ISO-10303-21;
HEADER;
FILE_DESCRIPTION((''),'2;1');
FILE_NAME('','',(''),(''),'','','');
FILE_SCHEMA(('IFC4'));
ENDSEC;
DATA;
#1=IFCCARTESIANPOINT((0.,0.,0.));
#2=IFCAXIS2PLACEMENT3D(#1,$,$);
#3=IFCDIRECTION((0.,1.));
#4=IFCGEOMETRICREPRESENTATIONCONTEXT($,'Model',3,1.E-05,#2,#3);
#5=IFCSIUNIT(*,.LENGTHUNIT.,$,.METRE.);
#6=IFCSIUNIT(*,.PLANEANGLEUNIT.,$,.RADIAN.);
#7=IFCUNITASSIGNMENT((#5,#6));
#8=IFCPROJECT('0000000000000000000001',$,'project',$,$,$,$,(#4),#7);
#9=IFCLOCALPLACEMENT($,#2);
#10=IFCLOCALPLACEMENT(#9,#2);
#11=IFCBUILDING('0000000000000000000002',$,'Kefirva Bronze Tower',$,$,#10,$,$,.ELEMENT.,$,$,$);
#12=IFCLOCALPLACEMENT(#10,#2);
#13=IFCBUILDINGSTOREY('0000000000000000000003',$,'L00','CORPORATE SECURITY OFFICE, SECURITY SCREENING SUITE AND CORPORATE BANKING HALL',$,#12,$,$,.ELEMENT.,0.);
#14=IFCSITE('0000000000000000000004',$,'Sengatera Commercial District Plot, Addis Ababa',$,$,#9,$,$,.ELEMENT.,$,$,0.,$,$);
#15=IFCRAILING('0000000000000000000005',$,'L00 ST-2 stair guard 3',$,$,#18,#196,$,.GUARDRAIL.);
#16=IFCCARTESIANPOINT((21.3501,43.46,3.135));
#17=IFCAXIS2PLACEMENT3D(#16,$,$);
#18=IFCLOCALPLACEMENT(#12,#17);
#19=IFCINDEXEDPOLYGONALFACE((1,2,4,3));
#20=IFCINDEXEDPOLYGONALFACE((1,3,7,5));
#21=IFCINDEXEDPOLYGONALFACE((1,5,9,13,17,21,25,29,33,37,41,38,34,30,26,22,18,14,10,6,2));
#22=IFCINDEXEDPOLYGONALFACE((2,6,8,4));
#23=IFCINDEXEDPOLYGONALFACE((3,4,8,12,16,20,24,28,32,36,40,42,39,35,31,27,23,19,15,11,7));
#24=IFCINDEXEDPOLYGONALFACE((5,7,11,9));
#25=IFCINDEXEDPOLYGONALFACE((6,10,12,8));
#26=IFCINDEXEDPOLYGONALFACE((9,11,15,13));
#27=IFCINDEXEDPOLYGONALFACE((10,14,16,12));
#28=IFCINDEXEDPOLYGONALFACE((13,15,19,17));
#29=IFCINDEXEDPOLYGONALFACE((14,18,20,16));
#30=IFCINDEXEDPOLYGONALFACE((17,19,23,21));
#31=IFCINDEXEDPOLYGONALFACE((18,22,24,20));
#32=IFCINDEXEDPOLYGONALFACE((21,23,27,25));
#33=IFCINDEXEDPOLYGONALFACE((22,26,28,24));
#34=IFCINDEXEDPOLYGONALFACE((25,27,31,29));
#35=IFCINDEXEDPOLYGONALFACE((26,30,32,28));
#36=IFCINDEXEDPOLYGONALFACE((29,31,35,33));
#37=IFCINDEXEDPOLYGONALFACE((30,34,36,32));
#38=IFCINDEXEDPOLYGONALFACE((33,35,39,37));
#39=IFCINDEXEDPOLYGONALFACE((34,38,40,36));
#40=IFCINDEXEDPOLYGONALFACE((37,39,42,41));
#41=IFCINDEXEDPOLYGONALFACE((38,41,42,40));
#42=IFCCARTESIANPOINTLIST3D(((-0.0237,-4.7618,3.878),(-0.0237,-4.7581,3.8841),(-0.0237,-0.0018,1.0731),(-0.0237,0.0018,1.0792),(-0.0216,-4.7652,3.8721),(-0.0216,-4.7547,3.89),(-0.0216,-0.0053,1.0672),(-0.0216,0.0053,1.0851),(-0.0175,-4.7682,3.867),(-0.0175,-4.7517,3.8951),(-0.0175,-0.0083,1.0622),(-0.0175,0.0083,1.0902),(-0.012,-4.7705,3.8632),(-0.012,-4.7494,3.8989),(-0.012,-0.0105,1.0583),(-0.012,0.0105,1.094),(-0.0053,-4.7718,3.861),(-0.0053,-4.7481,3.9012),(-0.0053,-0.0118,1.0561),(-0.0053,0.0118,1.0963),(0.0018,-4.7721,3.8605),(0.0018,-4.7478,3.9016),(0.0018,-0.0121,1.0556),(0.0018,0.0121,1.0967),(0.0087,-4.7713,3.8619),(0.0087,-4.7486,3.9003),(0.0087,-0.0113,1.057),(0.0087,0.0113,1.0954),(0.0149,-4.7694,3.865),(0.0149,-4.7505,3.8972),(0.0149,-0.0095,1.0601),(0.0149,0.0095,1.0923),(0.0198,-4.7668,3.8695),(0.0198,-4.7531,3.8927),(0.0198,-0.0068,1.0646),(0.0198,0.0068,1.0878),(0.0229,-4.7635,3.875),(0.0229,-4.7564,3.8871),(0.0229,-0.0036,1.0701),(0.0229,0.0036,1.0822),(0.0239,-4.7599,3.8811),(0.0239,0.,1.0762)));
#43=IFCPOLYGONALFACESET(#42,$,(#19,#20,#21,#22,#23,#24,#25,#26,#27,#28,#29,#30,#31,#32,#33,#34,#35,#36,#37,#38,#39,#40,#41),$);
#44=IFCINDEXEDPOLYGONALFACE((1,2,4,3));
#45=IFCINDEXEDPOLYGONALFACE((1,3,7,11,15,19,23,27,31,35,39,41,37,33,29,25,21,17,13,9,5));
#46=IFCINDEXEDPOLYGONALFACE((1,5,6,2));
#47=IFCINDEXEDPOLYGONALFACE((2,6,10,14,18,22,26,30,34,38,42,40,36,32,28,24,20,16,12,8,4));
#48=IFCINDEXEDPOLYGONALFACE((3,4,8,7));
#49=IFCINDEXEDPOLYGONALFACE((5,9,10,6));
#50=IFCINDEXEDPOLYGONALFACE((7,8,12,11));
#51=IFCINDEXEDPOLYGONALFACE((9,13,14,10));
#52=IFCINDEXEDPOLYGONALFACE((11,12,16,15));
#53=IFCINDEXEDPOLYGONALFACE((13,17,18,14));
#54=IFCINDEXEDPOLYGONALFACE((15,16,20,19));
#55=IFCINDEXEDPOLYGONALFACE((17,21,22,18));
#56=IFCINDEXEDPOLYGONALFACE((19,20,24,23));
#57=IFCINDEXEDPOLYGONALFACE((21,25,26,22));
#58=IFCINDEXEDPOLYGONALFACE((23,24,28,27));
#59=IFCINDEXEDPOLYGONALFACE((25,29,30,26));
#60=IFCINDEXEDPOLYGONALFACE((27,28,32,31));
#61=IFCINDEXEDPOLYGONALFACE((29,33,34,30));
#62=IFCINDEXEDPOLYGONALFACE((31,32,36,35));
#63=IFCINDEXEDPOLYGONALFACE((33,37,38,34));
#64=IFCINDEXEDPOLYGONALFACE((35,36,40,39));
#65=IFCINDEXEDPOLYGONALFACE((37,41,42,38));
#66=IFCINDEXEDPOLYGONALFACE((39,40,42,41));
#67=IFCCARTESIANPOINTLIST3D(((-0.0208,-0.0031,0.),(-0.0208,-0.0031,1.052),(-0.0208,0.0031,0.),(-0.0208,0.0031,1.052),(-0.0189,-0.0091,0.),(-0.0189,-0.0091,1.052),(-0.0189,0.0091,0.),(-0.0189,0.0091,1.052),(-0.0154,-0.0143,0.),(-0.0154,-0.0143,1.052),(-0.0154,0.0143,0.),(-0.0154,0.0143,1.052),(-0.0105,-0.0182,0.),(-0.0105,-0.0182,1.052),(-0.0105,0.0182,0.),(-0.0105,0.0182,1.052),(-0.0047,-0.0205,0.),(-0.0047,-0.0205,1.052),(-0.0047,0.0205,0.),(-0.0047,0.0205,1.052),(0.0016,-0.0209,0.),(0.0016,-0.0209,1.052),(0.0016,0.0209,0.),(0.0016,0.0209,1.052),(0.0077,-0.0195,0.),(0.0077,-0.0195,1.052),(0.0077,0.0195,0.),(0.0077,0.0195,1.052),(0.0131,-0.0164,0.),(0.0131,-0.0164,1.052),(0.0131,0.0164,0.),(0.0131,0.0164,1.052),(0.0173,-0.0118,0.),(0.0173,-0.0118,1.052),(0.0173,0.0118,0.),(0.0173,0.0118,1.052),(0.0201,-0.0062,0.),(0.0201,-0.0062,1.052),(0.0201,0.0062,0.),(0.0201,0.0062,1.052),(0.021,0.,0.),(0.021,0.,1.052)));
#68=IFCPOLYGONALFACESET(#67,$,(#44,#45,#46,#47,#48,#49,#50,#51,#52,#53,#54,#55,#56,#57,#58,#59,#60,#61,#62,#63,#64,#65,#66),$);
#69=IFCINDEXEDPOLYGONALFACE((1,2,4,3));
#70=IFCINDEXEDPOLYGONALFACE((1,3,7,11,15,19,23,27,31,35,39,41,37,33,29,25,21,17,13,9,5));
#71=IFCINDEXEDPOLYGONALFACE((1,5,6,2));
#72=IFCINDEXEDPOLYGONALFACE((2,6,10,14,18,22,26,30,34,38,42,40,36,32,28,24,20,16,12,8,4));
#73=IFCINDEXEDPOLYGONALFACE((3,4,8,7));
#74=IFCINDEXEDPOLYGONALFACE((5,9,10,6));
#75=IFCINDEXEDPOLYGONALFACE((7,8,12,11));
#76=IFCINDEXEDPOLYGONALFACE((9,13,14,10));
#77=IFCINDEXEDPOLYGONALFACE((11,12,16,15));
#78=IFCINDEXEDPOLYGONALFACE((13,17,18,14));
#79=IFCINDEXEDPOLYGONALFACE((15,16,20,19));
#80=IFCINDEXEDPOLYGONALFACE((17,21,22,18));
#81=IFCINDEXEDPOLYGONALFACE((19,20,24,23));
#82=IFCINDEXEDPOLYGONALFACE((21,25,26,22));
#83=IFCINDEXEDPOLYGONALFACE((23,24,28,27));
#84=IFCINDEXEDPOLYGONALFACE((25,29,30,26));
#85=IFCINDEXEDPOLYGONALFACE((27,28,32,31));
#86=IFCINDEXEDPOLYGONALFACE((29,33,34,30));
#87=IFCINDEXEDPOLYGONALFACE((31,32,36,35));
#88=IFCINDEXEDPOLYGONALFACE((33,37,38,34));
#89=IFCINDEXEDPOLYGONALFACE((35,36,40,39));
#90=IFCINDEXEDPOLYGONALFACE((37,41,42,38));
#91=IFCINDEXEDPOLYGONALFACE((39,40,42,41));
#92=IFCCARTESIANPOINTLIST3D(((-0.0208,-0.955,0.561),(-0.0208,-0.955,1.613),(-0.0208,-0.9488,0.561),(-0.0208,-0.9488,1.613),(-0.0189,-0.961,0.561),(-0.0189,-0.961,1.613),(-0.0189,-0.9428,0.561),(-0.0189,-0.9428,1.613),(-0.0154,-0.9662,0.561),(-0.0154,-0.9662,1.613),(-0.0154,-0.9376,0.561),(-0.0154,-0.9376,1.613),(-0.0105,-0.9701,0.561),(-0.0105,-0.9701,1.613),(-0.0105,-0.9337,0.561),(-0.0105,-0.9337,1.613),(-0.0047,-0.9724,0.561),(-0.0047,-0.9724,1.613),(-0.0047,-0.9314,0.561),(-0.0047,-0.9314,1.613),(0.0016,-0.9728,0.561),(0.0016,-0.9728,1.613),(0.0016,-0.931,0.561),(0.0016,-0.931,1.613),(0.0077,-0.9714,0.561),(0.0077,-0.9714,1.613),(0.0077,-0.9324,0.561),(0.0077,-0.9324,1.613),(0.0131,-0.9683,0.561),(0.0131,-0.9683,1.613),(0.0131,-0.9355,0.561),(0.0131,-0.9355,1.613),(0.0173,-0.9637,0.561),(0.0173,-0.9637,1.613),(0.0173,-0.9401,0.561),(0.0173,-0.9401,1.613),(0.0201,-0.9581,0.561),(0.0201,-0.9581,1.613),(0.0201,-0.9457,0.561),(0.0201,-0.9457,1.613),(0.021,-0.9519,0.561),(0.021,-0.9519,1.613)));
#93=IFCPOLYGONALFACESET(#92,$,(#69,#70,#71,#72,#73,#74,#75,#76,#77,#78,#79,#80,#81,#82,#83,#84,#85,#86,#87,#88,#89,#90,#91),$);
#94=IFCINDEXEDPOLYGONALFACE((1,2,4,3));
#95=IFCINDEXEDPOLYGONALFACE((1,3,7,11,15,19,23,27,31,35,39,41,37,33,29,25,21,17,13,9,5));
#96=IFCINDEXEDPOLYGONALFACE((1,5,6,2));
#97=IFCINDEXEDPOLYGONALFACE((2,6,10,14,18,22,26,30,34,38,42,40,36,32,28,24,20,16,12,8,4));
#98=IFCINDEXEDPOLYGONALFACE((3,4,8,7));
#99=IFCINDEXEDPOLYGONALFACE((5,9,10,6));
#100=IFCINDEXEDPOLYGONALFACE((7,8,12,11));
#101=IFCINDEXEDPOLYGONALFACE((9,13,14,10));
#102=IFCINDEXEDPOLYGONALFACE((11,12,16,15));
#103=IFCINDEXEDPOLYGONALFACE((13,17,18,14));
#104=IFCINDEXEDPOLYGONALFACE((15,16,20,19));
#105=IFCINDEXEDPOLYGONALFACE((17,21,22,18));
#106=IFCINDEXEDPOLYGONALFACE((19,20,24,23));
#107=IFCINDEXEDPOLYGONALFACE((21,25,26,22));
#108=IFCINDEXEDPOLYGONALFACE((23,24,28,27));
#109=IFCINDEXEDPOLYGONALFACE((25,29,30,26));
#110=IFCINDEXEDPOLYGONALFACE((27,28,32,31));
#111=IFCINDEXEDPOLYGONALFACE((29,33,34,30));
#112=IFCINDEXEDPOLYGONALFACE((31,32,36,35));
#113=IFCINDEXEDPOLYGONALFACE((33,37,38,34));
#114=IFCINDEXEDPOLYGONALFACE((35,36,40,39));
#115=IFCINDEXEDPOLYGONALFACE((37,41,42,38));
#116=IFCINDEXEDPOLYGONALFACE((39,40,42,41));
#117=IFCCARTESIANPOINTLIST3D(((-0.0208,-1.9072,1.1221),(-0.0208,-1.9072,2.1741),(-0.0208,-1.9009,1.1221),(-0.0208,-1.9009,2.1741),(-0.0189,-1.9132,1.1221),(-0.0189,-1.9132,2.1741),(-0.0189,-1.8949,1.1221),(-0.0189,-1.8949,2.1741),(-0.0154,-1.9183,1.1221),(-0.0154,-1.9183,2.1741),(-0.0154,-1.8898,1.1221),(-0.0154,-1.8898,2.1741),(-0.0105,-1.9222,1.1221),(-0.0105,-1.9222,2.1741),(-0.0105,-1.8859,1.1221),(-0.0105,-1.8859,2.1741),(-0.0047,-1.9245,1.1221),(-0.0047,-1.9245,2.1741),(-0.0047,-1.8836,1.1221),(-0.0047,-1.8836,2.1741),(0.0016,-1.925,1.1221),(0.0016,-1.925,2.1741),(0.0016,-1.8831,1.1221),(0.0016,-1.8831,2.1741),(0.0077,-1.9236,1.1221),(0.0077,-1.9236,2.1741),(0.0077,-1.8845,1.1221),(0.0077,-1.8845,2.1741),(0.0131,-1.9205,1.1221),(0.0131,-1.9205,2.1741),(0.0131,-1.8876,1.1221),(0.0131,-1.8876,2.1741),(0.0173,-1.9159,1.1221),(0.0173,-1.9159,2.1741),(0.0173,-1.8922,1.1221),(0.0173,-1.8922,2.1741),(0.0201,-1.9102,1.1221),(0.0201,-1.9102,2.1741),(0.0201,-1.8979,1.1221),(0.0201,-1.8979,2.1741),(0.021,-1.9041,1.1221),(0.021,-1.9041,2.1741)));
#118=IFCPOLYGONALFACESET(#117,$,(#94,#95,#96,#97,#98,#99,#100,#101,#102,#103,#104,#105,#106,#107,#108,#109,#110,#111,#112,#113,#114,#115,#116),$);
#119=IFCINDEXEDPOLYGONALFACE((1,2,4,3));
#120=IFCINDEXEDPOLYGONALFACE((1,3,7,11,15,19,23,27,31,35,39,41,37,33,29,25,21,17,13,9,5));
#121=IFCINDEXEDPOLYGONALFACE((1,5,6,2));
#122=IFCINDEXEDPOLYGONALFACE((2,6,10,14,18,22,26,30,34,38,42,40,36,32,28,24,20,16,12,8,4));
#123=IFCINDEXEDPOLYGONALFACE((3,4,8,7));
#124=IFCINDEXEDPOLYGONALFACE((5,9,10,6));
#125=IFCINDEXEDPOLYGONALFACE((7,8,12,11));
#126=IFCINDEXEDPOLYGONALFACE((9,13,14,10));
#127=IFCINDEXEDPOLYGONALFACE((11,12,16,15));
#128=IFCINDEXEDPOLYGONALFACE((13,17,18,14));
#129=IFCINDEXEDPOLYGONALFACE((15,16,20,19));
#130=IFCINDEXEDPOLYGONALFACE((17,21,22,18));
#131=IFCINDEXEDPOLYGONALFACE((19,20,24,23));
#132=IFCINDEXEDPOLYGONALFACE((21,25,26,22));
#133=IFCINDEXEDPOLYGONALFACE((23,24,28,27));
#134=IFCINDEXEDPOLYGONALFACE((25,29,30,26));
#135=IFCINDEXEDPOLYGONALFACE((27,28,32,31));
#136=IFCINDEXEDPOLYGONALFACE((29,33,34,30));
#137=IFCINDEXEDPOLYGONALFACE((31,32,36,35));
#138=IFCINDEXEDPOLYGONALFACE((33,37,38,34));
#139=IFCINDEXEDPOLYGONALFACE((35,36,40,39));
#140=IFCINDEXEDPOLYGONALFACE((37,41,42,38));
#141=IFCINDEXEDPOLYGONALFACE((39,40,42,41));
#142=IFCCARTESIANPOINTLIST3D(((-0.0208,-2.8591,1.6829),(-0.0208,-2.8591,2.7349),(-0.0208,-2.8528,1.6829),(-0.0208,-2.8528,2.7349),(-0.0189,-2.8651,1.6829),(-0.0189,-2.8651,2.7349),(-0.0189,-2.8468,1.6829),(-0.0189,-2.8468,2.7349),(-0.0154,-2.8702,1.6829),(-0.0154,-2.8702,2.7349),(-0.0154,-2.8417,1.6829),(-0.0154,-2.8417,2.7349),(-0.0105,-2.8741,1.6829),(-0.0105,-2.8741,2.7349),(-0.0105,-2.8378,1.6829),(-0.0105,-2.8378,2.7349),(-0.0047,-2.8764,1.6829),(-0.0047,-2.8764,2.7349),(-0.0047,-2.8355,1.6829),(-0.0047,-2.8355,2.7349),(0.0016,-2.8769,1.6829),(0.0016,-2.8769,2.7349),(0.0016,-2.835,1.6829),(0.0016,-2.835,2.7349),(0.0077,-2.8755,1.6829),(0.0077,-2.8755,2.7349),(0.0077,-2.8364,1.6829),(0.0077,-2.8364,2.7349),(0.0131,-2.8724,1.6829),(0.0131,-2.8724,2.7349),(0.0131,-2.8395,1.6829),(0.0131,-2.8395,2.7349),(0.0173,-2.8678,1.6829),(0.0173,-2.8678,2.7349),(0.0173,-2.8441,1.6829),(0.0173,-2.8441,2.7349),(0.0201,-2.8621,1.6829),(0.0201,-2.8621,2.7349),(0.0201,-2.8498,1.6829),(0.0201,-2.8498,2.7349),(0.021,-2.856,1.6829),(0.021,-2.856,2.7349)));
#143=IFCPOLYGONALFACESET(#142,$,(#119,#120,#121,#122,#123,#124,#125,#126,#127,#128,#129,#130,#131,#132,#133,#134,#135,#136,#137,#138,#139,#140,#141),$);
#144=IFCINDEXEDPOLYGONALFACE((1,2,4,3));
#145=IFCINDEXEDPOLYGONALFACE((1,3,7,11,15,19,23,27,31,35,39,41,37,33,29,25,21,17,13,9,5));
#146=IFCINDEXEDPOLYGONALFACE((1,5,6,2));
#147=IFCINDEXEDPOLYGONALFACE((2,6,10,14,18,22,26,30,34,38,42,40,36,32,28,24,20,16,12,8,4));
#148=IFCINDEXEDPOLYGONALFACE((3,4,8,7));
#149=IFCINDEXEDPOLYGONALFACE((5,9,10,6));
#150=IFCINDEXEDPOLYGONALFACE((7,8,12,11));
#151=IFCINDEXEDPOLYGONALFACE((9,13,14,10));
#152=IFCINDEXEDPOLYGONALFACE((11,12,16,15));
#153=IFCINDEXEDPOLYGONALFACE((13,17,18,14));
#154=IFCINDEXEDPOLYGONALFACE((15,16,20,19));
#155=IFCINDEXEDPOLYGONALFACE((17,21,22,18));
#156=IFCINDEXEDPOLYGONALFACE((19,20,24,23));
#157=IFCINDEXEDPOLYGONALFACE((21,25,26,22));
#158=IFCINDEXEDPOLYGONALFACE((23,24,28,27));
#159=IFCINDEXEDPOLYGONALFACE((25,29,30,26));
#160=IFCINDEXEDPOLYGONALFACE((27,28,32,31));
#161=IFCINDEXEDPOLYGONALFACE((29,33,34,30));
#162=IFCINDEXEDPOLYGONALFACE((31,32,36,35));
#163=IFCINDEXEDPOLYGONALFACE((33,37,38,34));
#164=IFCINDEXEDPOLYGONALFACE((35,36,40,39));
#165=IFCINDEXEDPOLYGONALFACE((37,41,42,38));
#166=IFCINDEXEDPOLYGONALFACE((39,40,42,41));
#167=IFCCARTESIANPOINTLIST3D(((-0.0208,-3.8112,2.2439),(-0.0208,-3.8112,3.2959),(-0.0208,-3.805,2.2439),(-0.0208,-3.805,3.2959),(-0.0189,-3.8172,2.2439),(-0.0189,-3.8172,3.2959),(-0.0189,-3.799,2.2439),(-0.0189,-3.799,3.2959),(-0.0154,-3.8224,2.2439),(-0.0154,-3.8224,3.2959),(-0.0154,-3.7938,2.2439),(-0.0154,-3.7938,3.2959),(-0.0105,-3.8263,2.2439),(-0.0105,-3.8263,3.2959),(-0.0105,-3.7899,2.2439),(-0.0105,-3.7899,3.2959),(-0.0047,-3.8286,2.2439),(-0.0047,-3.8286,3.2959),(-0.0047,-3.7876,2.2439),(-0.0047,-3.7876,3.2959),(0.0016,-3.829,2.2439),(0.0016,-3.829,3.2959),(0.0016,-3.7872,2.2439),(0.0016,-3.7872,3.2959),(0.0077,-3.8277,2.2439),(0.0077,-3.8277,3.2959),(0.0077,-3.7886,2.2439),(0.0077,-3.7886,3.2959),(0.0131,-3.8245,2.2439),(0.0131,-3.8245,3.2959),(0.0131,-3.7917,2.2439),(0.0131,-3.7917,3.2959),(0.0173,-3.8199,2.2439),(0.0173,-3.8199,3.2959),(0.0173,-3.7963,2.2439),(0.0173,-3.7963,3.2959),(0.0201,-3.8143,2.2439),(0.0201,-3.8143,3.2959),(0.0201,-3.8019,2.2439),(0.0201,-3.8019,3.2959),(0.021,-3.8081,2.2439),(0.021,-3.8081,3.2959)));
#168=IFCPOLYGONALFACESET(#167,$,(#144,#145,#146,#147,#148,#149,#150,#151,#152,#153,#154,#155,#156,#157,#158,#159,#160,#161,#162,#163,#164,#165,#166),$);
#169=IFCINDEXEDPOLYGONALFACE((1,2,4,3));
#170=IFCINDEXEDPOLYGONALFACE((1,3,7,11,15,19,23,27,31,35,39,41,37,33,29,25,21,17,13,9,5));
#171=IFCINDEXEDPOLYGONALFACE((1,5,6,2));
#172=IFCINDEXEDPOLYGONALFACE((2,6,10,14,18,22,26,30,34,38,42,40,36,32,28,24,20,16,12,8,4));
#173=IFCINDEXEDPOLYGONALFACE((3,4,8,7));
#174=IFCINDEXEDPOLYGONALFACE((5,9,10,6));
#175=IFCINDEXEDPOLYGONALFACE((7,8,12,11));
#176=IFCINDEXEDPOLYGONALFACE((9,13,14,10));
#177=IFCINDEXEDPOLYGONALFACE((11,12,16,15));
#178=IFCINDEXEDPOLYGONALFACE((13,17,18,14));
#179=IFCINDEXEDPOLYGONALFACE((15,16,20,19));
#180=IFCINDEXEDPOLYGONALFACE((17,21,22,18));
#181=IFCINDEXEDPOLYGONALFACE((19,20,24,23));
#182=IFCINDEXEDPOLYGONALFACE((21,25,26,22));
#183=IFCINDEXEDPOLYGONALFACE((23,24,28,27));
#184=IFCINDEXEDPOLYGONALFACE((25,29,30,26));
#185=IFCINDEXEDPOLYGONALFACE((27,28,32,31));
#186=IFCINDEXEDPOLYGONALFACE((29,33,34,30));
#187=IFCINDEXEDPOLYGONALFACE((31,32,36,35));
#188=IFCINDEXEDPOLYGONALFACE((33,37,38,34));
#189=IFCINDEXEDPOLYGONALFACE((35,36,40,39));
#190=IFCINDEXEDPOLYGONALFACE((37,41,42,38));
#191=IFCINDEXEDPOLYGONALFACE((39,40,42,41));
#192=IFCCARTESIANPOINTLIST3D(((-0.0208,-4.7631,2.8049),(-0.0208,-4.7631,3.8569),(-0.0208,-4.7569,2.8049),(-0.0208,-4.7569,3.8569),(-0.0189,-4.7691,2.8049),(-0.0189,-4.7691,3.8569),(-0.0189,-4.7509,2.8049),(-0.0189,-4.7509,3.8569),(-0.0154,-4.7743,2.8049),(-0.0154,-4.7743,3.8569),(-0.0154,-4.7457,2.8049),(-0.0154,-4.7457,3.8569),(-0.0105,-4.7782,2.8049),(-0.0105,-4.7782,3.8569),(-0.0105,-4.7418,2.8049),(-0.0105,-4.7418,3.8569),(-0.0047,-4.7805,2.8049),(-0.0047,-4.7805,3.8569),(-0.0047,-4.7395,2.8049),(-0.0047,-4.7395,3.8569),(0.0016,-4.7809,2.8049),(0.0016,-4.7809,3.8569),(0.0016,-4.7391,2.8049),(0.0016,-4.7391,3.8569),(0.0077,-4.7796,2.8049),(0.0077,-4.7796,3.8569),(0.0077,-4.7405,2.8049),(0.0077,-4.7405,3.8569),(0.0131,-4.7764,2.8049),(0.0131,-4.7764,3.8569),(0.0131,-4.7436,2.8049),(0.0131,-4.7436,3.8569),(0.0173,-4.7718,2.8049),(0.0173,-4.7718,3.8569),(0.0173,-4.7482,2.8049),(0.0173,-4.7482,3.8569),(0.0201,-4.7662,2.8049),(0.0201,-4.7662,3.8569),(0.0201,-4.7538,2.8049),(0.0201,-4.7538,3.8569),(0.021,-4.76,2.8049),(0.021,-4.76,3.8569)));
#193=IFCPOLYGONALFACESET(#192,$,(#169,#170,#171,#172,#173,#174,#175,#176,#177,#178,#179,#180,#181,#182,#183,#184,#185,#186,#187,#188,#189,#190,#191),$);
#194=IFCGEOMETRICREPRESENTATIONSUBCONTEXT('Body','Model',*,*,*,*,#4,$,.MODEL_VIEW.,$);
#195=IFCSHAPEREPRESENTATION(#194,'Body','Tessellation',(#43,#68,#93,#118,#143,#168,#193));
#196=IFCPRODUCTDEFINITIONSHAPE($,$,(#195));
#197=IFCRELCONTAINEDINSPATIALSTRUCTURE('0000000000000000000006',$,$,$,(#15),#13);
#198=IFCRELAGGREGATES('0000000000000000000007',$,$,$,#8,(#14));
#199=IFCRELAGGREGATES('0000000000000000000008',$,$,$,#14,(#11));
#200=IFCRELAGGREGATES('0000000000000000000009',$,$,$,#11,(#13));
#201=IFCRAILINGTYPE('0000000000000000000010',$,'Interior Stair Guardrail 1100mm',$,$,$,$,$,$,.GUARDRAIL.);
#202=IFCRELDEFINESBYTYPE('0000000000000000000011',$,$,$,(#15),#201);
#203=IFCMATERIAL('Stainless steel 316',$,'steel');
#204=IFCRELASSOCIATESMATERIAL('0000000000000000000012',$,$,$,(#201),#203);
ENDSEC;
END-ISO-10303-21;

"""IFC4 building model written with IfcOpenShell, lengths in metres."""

from ifc_helpers import new_model, si_unit, direction, frame, origin, origin_2d, place, context, subcontext, project, spatial, circle, extrude, material, type_object, element, save


model = new_model("IFC4")

# Units and contexts
model_context = context("Model", 3, precision=1e-05, world=origin(), true_north=direction((0.0, 1.0)))
body_context = subcontext(model_context, "Body", "Model", "MODEL_VIEW")
ifc_project = project(units=[si_unit("LENGTHUNIT", "METRE"), si_unit("PLANEANGLEUNIT", "RADIAN")], contexts=[model_context])

# Site, building, storey
site_placement = place(None, origin())
site = spatial("IfcSite", under=ifc_project, at=site_placement, Name="Sengatera Commercial District Plot, Addis Ababa", CompositionType="ELEMENT", RefElevation=0.0)
building_placement = place(site_placement, origin())
building = spatial("IfcBuilding", under=site, at=building_placement, Name="Kefirva Bronze Tower", CompositionType="ELEMENT")
storey_placement = place(building_placement, origin())
storey = spatial("IfcBuildingStorey", under=building, at=storey_placement, Name="L00", Description="CORPORATE SECURITY OFFICE, SECURITY SCREENING SUITE AND CORPORATE BANKING HALL", CompositionType="ELEMENT", Elevation=0.0)

# Railing
ifc_material_1 = material(Name="Stainless steel 316", Category="steel")
railing_type_1 = type_object("IfcRailingType", Name="Interior Stair Guardrail 1100mm", PredefinedType="GUARDRAIL", material=ifc_material_1)
railing_1_placement = place(storey_placement, frame((21.3501, 43.46, 3.135)))
element("IfcRailing", 1, at=railing_1_placement, inside=storey, type_object=railing_type_1, Name="L00 ST-2 stair guard 3", PredefinedType="GUARDRAIL", context=body_context, shape_type="SweptSolid", body=[
    extrude(circle(Radius=0.0239, at=origin_2d()), frame((0.0, 0.0, 1.0762), z_axis=(0.0, -0.861544, 0.507682), x_axis=(1.0, 0.0, 0.0)), (0.0, 0.0, 1.0), 5.5249),
    extrude(circle(Radius=0.021, at=origin_2d()), origin(), (0.0, 0.0, 1.0), 1.052),
    extrude(circle(Radius=0.021, at=origin_2d()), frame((0.0, -0.9519, 0.561)), (0.0, 0.0, 1.0), 1.052),
    extrude(circle(Radius=0.021, at=origin_2d()), frame((0.0, -1.9041, 1.1221)), (0.0, 0.0, 1.0), 1.052),
    extrude(circle(Radius=0.021, at=origin_2d()), frame((0.0, -2.856, 1.6829)), (0.0, 0.0, 1.0), 1.052),
    extrude(circle(Radius=0.021, at=origin_2d()), frame((0.0, -3.8081, 2.2439)), (0.0, 0.0, 1.0), 1.052),
    extrude(circle(Radius=0.021, at=origin_2d()), frame((0.0, -4.76, 2.8049)), (0.0, 0.0, 1.0), 1.052),
])

save(model, "model.ifc")
